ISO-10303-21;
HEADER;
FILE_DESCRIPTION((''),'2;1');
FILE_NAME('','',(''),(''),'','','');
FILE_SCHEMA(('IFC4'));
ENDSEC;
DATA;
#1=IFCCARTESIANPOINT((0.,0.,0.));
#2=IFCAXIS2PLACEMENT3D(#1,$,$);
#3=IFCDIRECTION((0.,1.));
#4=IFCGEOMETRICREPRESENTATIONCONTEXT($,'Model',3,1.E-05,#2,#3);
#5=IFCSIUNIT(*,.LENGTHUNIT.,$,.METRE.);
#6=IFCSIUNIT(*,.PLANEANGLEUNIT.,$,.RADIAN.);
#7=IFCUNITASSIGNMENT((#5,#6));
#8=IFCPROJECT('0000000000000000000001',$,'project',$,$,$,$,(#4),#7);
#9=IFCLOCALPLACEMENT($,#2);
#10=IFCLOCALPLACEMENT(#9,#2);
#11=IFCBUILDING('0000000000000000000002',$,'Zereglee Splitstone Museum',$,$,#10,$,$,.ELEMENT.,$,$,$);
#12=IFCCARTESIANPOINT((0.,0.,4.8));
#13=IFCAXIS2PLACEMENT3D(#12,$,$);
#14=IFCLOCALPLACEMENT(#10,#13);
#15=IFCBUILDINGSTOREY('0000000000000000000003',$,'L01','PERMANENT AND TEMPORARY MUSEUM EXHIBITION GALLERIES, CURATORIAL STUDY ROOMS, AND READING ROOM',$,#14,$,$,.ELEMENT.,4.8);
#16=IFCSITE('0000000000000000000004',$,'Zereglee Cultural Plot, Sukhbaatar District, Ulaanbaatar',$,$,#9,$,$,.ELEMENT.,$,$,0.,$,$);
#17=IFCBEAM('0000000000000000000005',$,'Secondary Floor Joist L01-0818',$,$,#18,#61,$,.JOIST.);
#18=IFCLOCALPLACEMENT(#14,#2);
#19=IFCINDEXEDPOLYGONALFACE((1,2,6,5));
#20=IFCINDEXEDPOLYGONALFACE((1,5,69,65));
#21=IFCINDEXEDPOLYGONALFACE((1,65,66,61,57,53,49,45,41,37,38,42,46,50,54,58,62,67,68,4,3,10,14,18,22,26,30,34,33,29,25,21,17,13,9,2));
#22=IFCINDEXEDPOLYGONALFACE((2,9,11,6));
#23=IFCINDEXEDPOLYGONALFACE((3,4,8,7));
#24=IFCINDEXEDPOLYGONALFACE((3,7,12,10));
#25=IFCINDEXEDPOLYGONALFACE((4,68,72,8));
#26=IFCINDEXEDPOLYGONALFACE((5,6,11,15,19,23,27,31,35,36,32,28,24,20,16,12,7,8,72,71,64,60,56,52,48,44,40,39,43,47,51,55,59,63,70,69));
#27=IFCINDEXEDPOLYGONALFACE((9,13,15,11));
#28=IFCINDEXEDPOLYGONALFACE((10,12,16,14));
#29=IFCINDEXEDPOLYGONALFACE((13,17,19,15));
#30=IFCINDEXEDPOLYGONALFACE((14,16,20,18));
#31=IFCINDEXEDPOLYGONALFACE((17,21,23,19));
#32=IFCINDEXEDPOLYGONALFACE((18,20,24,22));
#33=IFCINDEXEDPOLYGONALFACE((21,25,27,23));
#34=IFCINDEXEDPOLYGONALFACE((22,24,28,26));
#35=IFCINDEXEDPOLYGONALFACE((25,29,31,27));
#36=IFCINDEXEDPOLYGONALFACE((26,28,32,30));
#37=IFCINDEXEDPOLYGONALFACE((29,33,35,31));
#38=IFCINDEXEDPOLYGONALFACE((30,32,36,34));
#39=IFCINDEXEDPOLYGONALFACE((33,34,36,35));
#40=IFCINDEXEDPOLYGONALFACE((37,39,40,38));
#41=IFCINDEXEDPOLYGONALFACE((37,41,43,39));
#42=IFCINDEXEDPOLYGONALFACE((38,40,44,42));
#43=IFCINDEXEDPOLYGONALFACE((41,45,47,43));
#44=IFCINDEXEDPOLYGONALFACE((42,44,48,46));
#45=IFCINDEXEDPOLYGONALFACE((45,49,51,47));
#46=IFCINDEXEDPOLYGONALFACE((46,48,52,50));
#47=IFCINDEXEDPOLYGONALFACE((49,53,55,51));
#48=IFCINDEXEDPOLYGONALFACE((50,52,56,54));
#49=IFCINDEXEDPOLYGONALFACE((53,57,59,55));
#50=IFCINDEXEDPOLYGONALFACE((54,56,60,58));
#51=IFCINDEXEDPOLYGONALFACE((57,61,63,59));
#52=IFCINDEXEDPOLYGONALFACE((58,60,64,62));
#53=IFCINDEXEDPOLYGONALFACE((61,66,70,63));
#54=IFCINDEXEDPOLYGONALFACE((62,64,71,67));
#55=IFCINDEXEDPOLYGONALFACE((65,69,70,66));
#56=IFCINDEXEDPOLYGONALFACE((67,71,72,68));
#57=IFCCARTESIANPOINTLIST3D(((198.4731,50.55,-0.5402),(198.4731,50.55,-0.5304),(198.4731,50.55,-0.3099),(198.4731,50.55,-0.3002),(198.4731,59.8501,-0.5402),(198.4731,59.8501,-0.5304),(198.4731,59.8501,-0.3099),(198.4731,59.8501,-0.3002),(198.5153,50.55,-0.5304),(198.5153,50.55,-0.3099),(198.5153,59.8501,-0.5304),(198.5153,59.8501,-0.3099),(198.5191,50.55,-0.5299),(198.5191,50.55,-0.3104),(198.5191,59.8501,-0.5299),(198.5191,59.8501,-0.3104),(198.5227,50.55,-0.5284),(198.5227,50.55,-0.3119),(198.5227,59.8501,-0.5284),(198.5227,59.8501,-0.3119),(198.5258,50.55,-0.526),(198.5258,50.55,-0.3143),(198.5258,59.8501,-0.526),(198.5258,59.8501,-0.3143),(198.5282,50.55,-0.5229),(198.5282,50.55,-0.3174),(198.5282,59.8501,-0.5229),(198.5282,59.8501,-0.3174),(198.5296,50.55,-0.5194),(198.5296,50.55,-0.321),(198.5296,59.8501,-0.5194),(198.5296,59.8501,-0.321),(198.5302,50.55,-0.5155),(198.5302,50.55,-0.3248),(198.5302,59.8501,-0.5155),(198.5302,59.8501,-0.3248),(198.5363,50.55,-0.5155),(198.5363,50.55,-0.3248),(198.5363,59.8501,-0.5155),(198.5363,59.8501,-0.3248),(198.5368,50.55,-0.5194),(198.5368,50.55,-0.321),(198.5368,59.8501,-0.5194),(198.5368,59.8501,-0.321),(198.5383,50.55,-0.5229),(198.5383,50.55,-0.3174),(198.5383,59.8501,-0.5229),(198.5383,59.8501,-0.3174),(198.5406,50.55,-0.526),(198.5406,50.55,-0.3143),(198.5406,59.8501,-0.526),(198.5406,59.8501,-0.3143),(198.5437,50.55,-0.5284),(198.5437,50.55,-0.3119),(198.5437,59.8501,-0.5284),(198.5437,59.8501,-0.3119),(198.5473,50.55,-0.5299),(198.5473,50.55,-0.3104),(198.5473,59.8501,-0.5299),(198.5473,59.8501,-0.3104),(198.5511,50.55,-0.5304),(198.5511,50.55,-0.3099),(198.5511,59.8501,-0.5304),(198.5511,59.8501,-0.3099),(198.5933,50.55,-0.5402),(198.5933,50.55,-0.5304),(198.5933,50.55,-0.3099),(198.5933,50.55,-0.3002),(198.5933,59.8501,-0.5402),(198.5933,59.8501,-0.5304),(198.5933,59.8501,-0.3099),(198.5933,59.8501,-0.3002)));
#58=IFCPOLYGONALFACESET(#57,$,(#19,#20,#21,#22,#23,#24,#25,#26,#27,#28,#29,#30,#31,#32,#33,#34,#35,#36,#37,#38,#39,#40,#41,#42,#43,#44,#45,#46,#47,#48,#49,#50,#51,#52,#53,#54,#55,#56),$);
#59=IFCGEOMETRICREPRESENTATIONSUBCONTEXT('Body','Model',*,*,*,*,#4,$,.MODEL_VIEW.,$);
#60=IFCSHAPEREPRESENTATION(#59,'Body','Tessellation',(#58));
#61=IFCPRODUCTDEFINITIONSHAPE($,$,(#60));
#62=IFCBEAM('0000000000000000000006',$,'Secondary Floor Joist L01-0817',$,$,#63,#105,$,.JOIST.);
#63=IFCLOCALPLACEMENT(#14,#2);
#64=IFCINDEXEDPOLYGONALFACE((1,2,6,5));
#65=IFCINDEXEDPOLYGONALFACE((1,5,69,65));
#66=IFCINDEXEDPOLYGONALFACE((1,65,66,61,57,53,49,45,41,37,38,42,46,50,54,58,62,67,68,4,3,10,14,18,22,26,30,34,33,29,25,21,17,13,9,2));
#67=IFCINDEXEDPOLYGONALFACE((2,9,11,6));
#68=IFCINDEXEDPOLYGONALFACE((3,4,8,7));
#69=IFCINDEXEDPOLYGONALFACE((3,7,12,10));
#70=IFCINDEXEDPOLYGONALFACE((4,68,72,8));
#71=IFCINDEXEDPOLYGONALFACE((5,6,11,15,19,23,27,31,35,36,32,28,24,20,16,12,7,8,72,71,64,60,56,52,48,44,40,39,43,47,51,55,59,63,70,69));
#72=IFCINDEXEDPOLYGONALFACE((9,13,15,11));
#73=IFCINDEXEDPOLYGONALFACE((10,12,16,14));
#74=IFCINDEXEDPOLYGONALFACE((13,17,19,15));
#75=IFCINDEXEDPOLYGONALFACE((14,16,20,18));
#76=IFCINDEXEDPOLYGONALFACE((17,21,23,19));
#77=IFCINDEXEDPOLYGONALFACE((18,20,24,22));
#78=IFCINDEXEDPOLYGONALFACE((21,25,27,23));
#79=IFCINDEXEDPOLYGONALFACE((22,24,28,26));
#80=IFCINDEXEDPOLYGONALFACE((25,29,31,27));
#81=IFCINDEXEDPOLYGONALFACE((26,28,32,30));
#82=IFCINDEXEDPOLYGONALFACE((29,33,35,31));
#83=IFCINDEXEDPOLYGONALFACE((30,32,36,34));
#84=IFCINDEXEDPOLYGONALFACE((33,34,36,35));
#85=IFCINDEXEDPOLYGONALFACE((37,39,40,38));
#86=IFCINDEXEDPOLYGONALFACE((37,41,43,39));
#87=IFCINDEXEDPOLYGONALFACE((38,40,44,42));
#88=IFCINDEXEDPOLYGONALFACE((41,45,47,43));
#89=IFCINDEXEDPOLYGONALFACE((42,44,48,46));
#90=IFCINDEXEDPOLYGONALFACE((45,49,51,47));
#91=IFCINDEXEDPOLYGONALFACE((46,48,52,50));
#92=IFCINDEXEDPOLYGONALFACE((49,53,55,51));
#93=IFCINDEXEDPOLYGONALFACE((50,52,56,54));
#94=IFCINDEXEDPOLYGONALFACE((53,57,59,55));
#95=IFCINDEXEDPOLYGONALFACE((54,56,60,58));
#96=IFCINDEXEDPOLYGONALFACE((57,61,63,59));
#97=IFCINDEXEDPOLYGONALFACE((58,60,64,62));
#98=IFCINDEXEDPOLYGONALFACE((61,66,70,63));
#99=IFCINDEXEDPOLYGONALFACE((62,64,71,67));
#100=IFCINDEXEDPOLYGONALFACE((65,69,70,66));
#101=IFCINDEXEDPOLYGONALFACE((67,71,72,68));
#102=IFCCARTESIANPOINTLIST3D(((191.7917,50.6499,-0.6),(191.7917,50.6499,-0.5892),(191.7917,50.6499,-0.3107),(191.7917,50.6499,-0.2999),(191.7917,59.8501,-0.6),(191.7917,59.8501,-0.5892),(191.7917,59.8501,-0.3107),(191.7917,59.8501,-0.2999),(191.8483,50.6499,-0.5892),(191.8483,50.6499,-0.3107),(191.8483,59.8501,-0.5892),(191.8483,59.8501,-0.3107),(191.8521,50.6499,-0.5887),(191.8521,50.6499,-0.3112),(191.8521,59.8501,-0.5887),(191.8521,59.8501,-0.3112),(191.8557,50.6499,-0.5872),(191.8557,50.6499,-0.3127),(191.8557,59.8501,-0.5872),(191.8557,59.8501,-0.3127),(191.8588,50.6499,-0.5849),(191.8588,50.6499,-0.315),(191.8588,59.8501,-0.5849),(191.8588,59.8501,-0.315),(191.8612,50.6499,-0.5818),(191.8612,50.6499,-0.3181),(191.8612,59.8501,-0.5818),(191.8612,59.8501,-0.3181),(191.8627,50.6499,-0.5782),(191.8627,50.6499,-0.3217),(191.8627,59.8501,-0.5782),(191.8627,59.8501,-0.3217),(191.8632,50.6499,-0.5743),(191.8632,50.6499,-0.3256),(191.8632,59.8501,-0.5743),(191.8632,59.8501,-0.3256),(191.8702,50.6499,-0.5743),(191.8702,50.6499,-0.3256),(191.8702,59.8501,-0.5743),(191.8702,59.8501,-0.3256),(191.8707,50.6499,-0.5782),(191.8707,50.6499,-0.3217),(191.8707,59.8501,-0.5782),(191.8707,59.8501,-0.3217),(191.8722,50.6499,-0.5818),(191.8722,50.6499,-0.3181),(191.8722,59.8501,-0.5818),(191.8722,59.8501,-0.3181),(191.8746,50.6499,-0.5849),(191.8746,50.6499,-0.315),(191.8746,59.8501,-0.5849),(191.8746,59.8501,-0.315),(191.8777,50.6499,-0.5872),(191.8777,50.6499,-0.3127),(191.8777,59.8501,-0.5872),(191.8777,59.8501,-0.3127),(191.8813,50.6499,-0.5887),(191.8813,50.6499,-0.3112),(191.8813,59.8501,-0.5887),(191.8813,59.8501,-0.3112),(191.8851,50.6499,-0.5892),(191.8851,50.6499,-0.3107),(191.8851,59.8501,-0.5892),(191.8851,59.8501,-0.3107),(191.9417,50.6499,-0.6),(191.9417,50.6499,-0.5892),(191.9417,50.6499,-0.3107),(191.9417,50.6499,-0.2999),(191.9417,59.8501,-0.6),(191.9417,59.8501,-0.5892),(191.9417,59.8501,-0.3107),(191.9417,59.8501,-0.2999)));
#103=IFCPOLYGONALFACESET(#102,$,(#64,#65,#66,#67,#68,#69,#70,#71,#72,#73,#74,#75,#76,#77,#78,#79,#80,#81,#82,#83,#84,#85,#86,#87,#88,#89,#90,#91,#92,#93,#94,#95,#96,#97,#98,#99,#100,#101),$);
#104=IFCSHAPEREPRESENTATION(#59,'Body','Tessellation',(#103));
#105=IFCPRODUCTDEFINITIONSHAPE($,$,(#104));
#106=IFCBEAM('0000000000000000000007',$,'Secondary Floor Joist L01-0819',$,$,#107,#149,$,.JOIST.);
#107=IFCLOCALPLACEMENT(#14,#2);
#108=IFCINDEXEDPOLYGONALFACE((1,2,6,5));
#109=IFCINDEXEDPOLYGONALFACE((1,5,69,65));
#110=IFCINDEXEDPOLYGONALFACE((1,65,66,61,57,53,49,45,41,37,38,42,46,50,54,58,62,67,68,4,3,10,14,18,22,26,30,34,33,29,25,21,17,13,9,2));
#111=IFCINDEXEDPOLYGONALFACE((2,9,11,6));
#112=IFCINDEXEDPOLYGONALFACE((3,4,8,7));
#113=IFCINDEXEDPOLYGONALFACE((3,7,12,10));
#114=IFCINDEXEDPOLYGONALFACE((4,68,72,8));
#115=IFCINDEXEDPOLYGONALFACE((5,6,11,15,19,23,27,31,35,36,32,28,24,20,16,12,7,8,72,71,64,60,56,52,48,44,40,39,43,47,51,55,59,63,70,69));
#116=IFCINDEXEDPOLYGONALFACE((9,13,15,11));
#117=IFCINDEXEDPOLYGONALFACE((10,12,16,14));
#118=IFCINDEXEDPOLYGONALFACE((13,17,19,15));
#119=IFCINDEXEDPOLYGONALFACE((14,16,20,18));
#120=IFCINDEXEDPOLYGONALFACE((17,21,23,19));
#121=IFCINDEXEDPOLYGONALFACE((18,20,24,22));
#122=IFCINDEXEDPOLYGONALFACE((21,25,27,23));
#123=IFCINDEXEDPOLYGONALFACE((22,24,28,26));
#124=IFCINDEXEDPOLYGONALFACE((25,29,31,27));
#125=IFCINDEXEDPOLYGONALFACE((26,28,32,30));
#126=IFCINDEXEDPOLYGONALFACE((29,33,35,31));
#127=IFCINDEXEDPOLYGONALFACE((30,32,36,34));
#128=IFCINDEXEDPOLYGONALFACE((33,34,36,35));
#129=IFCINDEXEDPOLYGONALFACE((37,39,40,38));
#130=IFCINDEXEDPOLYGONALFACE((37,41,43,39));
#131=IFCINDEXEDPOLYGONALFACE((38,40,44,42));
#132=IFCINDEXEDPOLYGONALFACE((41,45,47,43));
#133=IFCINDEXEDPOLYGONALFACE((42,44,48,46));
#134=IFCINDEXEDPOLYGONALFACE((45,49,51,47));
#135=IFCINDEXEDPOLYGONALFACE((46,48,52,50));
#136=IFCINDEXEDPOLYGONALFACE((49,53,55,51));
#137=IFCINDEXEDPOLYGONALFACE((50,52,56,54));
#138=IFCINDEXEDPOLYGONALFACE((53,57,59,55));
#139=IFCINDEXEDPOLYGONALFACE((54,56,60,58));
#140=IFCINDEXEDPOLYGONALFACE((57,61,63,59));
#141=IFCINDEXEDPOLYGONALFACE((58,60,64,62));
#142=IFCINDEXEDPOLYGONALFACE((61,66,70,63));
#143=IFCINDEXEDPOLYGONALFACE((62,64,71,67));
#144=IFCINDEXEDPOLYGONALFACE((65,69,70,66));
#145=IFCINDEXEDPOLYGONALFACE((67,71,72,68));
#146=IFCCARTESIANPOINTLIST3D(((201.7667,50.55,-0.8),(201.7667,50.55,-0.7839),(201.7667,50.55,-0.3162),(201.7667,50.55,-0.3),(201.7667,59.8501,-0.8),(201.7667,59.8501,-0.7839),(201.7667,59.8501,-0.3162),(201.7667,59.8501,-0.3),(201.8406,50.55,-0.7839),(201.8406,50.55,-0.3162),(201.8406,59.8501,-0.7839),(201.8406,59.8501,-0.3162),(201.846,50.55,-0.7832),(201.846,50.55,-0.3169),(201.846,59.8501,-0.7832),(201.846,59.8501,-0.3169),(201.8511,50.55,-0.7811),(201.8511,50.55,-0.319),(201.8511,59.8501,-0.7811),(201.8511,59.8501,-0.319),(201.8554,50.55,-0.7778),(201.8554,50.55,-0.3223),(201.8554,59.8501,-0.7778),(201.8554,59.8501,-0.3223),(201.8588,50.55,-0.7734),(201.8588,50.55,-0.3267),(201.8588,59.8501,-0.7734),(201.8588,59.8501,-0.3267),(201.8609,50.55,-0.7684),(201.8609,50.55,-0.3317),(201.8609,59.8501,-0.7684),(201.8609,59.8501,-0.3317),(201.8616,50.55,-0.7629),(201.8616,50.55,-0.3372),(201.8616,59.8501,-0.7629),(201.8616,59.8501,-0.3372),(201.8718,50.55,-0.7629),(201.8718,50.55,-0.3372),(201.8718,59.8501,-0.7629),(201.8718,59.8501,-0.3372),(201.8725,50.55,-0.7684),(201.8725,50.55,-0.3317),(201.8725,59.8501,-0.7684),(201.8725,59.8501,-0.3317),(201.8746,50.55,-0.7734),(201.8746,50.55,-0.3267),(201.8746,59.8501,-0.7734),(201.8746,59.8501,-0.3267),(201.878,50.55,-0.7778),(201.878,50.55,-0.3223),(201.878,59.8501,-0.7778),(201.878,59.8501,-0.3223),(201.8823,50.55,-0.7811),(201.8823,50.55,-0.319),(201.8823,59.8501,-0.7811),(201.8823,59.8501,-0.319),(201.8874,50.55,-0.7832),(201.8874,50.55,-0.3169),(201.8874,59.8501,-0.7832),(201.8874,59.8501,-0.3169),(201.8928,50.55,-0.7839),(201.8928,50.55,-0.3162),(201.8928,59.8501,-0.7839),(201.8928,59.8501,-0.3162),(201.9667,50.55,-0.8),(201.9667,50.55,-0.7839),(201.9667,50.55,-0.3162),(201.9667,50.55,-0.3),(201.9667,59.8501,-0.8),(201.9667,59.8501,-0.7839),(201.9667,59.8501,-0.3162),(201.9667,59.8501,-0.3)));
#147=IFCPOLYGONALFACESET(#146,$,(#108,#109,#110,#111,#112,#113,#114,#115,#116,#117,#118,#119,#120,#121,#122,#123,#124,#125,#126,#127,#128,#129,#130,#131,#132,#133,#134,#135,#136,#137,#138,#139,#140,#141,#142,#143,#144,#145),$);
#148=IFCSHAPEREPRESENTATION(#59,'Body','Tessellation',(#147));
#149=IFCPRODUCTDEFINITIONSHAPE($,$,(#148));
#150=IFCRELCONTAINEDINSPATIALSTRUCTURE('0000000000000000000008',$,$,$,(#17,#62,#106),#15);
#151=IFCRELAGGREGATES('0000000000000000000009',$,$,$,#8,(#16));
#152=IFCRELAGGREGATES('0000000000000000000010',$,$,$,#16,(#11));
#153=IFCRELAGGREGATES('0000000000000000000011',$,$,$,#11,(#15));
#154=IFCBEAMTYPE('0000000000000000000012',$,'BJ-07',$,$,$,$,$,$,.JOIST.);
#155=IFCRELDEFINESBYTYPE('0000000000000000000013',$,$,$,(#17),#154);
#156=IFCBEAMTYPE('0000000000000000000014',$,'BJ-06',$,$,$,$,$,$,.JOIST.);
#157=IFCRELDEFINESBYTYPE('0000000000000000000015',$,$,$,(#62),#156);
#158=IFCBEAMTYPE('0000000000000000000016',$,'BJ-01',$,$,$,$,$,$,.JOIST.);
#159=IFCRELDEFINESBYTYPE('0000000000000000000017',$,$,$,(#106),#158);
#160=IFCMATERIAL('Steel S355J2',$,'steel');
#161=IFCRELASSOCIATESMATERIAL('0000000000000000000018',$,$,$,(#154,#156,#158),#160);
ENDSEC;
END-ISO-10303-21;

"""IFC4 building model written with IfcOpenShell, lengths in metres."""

from ifc_helpers import new_model, si_unit, direction, frame, origin, origin_2d, place, context, subcontext, project, spatial, i_section, extrude, material, material_profile, profile_set, type_object, element, save


model = new_model("IFC4")

# Units and contexts
model_context = context("Model", 3, precision=1e-05, world=origin(), true_north=direction((0.0, 1.0)))
body_context = subcontext(model_context, "Body", "Model", "MODEL_VIEW")
ifc_project = project(units=[si_unit("LENGTHUNIT", "METRE"), si_unit("PLANEANGLEUNIT", "RADIAN")], contexts=[model_context])

# Site, building, storey
site_placement = place(None, origin())
site = spatial("IfcSite", under=ifc_project, at=site_placement, Name="Zereglee Cultural Plot, Sukhbaatar District, Ulaanbaatar", CompositionType="ELEMENT", RefElevation=0.0)
building_placement = place(site_placement, origin())
building = spatial("IfcBuilding", under=site, at=building_placement, Name="Zereglee Splitstone Museum", CompositionType="ELEMENT")
storey_placement = place(building_placement, frame((0.0, 0.0, 4.8)))
storey = spatial("IfcBuildingStorey", under=building, at=storey_placement, Name="L01", Description="PERMANENT AND TEMPORARY MUSEUM EXHIBITION GALLERIES, CURATORIAL STUDY ROOMS, AND READING ROOM", CompositionType="ELEMENT", Elevation=4.8)

# Shared definitions
ifc_material_1 = material(Name="Steel S355J2", Category="steel")

# Beams
ifc_material_profile_1 = material_profile(ifc_material_1, i_section(OverallWidth=0.1201, OverallDepth=0.24, WebThickness=0.0061, FlangeThickness=0.0098, FilletRadius=0.0149, at=origin_2d()), Name="IPE 240")
ifc_profile_set_1 = profile_set([ifc_material_profile_1], Name="Steel S355J2")
beam_type_1 = type_object("IfcBeamType", Name="BJ-07", PredefinedType="JOIST", material=ifc_profile_set_1)
beam_1_placement = place(storey_placement, frame((198.5332, 50.55, -0.4202), z_axis=(0.0, 1.0, 0.0), x_axis=(-1.0, 0.0, 0.0)))
element("IfcBeam", 1, at=beam_1_placement, inside=storey, type_object=beam_type_1, Name="Secondary Floor Joist L01-0818", PredefinedType="JOIST", context=body_context, shape_type="SweptSolid", body=[
    extrude(i_section(OverallWidth=0.1201, OverallDepth=0.24, WebThickness=0.0061, FlangeThickness=0.0098, FilletRadius=0.0149, at=origin_2d()), origin(), (0.0, 0.0, 1.0), 9.3),
])
ifc_material_profile_2 = material_profile(ifc_material_1, i_section(OverallWidth=0.1499, OverallDepth=0.3, WebThickness=0.0071, FlangeThickness=0.0107, FilletRadius=0.0149, at=origin_2d()), Name="IPE 300")
ifc_profile_set_2 = profile_set([ifc_material_profile_2], Name="Steel S355J2")
beam_type_2 = type_object("IfcBeamType", Name="BJ-06", PredefinedType="JOIST", material=ifc_profile_set_2)
beam_2_placement = place(storey_placement, frame((191.8667, 50.6499, -0.45), z_axis=(0.0, 1.0, 0.0), x_axis=(-1.0, 0.0, 0.0)))
element("IfcBeam", 2, at=beam_2_placement, inside=storey, type_object=beam_type_2, Name="Secondary Floor Joist L01-0817", PredefinedType="JOIST", context=body_context, shape_type="SweptSolid", body=[
    extrude(i_section(OverallWidth=0.1499, OverallDepth=0.3, WebThickness=0.0071, FlangeThickness=0.0107, FilletRadius=0.0149, at=origin_2d()), origin(), (0.0, 0.0, 1.0), 9.2002),
])
ifc_material_profile_3 = material_profile(ifc_material_1, i_section(OverallWidth=0.2, OverallDepth=0.5, WebThickness=0.0103, FlangeThickness=0.0161, FilletRadius=0.021, at=origin_2d()), Name="IPE 500")
ifc_profile_set_3 = profile_set([ifc_material_profile_3], Name="Steel S355J2")
beam_type_3 = type_object("IfcBeamType", Name="BJ-01", PredefinedType="JOIST", material=ifc_profile_set_3)
beam_3_placement = place(storey_placement, frame((201.8667, 50.55, -0.55), z_axis=(0.0, 1.0, 0.0), x_axis=(-1.0, 0.0, 0.0)))
element("IfcBeam", 3, at=beam_3_placement, inside=storey, type_object=beam_type_3, Name="Secondary Floor Joist L01-0819", PredefinedType="JOIST", context=body_context, shape_type="SweptSolid", body=[
    extrude(i_section(OverallWidth=0.2, OverallDepth=0.5, WebThickness=0.0103, FlangeThickness=0.0161, FilletRadius=0.021, at=origin_2d()), origin(), (0.0, 0.0, 1.0), 9.3),
])

save(model, "model.ifc")
